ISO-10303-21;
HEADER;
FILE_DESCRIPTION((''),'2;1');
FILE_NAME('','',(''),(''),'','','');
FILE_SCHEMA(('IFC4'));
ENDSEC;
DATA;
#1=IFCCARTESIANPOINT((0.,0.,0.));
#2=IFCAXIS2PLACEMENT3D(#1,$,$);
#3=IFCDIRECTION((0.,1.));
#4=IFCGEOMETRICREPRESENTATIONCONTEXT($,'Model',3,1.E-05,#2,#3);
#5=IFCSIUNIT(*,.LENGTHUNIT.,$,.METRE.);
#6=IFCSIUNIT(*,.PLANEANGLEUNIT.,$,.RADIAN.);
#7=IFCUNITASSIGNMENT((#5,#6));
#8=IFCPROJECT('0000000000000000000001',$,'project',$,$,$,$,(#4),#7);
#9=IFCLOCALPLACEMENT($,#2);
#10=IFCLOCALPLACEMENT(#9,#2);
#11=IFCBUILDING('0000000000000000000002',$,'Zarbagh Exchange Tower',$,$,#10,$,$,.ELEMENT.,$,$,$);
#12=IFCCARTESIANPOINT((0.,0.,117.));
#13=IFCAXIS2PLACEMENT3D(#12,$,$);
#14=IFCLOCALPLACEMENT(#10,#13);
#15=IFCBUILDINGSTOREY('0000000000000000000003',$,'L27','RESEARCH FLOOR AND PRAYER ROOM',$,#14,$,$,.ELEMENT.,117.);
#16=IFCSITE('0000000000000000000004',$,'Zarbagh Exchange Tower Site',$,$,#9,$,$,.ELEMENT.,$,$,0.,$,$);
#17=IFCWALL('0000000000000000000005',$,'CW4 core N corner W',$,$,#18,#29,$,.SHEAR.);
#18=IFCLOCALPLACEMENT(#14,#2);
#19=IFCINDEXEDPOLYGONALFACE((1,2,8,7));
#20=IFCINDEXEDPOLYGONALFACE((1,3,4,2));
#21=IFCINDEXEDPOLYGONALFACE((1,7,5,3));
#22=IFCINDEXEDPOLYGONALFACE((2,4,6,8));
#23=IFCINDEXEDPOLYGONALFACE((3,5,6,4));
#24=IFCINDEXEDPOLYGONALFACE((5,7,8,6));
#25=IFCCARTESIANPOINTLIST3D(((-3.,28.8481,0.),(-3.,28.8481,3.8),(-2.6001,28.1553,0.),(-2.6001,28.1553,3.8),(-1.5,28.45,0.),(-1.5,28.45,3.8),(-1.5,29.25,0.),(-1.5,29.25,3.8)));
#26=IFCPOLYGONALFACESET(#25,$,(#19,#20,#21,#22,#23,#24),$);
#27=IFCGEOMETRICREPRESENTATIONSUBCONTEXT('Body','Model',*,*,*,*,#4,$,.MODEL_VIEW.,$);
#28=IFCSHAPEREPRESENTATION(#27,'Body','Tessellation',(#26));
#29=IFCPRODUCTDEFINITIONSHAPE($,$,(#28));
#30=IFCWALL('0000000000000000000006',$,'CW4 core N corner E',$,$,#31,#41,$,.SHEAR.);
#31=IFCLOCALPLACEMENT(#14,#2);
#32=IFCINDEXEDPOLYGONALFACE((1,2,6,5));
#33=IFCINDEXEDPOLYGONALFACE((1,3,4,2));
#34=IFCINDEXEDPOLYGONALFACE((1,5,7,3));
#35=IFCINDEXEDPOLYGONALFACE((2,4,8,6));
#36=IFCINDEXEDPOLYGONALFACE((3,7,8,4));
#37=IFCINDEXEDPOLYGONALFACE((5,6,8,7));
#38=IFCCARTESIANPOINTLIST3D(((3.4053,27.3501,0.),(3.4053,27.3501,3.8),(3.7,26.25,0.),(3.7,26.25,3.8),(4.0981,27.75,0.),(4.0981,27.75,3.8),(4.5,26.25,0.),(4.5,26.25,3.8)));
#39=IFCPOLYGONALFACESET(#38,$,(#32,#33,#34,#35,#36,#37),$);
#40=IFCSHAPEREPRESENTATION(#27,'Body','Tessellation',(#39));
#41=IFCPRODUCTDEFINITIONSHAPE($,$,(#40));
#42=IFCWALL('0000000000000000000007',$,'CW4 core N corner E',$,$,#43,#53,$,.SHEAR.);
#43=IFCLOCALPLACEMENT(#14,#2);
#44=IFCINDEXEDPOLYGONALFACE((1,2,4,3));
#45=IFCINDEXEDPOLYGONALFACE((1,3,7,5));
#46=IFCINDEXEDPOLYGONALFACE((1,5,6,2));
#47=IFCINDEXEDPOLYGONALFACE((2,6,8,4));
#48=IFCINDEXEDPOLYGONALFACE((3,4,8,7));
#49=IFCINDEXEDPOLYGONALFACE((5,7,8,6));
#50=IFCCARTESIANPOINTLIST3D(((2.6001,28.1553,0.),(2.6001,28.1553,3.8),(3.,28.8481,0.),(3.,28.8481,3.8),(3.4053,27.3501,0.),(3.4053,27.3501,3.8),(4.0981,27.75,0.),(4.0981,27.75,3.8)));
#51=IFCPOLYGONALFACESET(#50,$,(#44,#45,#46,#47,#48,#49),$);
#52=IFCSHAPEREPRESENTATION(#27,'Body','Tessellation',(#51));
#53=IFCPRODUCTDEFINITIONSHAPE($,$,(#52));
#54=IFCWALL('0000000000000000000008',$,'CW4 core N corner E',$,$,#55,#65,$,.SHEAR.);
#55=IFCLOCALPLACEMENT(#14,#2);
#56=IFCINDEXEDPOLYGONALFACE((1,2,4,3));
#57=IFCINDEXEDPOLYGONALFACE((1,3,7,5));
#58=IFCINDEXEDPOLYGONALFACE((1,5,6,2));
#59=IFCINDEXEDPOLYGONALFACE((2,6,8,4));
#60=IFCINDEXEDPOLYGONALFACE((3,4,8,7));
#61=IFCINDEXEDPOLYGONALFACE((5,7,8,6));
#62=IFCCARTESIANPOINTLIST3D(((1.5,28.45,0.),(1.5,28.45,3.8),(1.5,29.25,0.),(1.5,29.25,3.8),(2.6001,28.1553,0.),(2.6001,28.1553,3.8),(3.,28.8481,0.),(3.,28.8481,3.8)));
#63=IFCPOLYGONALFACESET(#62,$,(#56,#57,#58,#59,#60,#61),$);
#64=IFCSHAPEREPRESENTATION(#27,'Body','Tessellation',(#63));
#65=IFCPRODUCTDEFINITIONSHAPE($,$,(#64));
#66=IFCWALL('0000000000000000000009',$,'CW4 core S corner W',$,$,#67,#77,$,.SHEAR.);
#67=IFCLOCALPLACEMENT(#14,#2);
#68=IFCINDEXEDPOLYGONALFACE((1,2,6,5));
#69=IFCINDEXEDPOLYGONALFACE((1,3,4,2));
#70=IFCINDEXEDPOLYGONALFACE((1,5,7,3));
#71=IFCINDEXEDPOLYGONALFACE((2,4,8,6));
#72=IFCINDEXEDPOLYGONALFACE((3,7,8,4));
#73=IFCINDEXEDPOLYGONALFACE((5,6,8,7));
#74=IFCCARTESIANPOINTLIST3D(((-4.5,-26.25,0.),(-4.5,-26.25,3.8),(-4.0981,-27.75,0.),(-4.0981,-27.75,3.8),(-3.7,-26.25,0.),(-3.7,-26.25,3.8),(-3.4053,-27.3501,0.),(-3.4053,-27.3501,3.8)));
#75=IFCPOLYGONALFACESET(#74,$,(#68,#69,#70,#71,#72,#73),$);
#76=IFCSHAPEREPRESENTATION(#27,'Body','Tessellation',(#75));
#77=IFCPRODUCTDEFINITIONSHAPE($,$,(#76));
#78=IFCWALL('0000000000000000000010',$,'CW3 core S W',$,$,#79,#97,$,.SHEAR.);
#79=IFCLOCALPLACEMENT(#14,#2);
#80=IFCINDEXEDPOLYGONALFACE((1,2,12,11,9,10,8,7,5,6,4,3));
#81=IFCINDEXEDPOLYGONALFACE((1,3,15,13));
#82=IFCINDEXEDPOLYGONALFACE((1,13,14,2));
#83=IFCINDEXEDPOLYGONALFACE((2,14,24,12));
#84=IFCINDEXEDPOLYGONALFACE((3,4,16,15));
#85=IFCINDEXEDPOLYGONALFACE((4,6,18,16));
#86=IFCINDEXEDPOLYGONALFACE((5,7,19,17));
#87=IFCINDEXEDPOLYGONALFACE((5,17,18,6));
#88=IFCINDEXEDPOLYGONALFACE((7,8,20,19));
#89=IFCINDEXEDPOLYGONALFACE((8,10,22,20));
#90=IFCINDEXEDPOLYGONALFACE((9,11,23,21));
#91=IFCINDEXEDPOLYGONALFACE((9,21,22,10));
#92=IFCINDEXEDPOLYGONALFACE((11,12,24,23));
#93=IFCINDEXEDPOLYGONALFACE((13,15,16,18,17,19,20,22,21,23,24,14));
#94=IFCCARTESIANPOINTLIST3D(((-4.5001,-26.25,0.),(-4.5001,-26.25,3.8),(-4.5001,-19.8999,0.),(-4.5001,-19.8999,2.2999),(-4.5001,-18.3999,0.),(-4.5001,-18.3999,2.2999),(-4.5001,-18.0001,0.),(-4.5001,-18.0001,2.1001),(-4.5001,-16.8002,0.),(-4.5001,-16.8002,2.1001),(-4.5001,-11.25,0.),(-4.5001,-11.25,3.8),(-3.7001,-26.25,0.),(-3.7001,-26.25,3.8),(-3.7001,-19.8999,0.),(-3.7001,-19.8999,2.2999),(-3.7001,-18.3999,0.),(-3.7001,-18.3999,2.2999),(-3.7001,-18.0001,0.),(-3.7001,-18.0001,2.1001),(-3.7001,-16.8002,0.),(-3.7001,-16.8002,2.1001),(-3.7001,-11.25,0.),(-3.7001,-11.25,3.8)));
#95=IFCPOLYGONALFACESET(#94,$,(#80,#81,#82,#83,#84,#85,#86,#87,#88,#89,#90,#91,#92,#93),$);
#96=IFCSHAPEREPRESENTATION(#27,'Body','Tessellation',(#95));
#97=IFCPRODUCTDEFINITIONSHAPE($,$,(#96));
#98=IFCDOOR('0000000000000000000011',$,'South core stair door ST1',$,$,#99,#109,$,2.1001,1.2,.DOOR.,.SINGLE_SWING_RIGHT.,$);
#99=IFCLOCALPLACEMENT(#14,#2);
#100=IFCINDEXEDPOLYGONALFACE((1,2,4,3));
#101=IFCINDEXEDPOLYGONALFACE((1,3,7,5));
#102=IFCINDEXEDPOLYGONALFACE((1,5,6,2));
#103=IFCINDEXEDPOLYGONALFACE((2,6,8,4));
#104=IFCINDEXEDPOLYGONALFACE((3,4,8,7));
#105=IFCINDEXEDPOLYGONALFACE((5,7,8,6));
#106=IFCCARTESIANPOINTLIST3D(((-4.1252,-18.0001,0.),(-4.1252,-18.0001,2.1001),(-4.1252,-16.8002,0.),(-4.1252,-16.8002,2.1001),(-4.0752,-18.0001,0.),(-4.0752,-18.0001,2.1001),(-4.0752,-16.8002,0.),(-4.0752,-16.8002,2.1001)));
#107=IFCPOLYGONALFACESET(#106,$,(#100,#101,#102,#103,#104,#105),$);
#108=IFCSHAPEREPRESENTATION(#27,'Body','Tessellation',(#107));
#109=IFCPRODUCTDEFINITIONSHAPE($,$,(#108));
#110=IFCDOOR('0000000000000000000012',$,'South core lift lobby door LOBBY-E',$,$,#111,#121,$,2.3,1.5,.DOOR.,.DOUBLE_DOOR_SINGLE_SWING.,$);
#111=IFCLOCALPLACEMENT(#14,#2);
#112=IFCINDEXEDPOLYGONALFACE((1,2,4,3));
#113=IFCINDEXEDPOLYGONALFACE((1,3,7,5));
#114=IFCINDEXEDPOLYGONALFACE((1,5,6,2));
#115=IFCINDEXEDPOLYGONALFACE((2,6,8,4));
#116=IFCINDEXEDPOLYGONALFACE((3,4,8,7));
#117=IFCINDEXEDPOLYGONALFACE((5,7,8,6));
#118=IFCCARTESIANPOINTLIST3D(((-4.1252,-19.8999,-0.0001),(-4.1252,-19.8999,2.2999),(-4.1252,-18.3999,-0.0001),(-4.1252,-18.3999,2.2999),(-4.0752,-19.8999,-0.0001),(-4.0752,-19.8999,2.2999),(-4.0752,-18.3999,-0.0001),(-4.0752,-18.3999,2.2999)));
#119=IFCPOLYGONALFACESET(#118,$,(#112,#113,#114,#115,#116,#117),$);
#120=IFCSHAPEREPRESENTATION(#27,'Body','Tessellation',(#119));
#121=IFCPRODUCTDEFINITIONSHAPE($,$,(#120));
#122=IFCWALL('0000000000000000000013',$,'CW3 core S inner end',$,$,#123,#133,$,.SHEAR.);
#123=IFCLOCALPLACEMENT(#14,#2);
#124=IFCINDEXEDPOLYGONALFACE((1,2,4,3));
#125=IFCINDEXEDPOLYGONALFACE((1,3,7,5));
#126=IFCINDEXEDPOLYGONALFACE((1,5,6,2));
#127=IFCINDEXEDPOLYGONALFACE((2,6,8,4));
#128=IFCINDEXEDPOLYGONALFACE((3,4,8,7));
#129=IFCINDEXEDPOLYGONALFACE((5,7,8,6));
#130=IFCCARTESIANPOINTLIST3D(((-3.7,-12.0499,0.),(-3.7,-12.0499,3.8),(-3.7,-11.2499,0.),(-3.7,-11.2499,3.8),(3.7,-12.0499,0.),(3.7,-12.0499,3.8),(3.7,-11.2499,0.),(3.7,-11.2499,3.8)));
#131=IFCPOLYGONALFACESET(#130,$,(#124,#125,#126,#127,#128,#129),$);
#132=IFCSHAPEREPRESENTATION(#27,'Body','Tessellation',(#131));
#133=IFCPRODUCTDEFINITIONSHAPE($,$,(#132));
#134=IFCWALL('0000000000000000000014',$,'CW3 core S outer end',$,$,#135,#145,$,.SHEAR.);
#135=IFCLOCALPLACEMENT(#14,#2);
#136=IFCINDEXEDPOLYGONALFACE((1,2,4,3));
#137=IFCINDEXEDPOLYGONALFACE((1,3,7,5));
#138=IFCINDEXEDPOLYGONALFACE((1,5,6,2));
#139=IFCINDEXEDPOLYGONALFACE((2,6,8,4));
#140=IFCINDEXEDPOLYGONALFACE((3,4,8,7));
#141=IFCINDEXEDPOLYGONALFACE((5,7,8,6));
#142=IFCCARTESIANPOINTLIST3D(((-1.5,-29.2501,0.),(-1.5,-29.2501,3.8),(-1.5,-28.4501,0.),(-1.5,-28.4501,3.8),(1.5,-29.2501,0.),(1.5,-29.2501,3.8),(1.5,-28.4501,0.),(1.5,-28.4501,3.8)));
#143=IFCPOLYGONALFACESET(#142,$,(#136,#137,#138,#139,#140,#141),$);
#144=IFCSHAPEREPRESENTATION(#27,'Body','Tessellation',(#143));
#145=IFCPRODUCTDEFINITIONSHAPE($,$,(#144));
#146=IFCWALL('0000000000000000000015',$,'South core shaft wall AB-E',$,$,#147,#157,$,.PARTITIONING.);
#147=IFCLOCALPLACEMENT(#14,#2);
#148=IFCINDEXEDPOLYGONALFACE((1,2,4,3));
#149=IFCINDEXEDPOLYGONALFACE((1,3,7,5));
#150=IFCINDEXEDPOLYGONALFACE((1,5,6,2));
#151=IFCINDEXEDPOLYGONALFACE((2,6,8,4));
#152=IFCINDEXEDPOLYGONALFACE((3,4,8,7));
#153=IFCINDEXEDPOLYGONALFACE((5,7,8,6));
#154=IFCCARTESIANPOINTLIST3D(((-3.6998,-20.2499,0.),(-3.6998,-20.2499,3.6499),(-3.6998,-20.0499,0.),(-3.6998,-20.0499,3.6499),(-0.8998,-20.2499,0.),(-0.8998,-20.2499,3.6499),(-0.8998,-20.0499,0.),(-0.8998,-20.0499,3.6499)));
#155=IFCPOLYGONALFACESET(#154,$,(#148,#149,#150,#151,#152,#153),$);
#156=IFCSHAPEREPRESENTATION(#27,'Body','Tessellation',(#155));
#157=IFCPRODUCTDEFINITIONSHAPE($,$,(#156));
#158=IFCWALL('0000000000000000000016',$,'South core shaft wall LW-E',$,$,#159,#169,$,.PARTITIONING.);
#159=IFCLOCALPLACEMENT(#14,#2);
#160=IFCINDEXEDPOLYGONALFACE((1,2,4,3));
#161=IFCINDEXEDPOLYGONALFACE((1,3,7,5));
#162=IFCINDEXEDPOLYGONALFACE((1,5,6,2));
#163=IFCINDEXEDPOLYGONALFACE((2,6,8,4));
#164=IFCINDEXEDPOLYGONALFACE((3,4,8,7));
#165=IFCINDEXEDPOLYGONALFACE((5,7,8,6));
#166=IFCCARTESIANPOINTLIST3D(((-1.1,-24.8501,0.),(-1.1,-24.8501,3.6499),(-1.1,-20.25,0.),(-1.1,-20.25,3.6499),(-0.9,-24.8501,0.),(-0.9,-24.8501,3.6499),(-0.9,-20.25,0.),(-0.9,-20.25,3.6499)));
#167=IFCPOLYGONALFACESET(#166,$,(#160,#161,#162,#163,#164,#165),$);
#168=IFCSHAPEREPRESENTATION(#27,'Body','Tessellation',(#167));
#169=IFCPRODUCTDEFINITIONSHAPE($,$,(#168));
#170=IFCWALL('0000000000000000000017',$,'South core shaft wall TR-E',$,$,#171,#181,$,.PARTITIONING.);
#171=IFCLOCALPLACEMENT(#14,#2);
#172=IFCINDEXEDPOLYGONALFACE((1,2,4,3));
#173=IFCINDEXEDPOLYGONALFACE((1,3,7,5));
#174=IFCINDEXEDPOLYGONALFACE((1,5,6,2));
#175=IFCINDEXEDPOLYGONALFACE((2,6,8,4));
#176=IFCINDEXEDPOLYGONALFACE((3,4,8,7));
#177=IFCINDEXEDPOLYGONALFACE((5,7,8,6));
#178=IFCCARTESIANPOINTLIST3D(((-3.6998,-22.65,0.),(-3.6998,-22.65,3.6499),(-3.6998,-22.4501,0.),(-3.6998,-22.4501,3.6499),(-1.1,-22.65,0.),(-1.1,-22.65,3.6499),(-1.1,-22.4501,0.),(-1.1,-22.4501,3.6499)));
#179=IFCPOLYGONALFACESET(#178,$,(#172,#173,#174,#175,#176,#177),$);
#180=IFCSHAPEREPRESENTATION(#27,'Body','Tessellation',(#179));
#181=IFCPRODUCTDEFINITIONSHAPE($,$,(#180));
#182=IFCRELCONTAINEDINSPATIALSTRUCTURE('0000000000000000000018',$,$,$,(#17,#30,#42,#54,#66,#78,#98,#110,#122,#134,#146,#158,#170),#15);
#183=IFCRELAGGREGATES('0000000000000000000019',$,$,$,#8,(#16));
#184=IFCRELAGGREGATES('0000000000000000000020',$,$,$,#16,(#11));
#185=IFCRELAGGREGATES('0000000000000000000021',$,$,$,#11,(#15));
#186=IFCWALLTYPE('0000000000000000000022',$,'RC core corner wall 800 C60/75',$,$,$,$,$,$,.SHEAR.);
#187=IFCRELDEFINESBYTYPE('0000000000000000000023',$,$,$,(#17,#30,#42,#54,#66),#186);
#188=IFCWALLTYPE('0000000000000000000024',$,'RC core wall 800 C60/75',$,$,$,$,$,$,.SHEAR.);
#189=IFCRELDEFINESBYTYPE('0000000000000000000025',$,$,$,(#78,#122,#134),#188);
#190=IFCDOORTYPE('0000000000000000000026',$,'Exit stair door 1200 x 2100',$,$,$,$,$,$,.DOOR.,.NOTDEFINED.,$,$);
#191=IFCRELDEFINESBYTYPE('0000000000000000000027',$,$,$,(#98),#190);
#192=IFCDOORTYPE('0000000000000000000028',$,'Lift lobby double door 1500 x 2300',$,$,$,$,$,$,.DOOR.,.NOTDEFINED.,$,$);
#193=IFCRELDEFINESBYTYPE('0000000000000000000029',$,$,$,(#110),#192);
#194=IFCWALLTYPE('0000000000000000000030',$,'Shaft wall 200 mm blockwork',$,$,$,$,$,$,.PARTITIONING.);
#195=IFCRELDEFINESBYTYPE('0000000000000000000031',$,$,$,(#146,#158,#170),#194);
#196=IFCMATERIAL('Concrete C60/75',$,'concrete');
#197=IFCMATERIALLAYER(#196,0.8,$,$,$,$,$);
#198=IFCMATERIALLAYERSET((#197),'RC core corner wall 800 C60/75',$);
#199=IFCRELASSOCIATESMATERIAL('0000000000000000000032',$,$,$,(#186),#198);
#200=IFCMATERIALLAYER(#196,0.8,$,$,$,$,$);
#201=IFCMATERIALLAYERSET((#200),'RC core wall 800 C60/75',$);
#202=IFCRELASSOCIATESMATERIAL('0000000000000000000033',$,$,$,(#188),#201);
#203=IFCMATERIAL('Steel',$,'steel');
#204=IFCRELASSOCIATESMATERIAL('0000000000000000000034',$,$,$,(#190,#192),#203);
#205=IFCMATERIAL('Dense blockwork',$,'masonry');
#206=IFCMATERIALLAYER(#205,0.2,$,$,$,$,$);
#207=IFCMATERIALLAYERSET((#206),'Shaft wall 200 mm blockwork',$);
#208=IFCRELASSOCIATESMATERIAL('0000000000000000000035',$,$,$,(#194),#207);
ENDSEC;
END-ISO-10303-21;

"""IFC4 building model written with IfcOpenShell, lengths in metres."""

from ifc_helpers import new_model, si_unit, direction, frame, frame_2d, origin, place, context, subcontext, project, spatial, polyline, rectangle, outline, extrude, material, layer, layer_set, type_object, element, fill, save


model = new_model("IFC4")

# Units and contexts
model_context = context("Model", 3, precision=1e-05, world=origin(), true_north=direction((0.0, 1.0)))
body_context = subcontext(model_context, "Body", "Model", "MODEL_VIEW")
ifc_project = project(units=[si_unit("LENGTHUNIT", "METRE"), si_unit("PLANEANGLEUNIT", "RADIAN")], contexts=[model_context])

# Site, building, storey
site_placement = place(None, origin())
site = spatial("IfcSite", under=ifc_project, at=site_placement, Name="Zarbagh Exchange Tower Site", CompositionType="ELEMENT", RefElevation=0.0)
building_placement = place(site_placement, origin())
building = spatial("IfcBuilding", under=site, at=building_placement, Name="Zarbagh Exchange Tower", CompositionType="ELEMENT")
storey_placement = place(building_placement, frame((0.0, 0.0, 117.0)))
storey = spatial("IfcBuildingStorey", under=building, at=storey_placement, Name="L27", Description="RESEARCH FLOOR AND PRAYER ROOM", CompositionType="ELEMENT", Elevation=117.0)

# Shared definitions
ifc_material_1 = material(Name="Concrete C60/75", Category="concrete")

# Walls
ifc_layer_1 = layer(ifc_material_1, 0.8)
ifc_layer_set_1 = layer_set([ifc_layer_1], Name="RC core corner wall 800 C60/75")
wall_type_1 = type_object("IfcWallType", Name="RC core corner wall 800 C60/75", PredefinedType="SHEAR", material=ifc_layer_set_1)
wall_1_placement = place(storey_placement, origin())
element("IfcWall", 1, at=wall_1_placement, inside=storey, type_object=wall_type_1, Name="CW4 core N corner W", PredefinedType="SHEAR", context=body_context, shape_type="SweptSolid", body=[
    extrude(outline(polyline([(-3.0, 28.8481), (-1.5, 29.25), (-1.5, 28.45), (-2.6001, 28.1553), (-3.0, 28.8481)])), origin(), (0.0, 0.0, 1.0), 3.8),
])
wall_2_placement = place(storey_placement, origin())
element("IfcWall", 2, at=wall_2_placement, inside=storey, type_object=wall_type_1, Name="CW4 core N corner E", PredefinedType="SHEAR", context=body_context, shape_type="SweptSolid", body=[
    extrude(outline(polyline([(4.5, 26.25), (4.0981, 27.75), (3.4053, 27.3501), (3.7, 26.25), (4.5, 26.25)])), origin(), (0.0, 0.0, 1.0), 3.8),
])
wall_3_placement = place(storey_placement, origin())
element("IfcWall", 3, at=wall_3_placement, inside=storey, type_object=wall_type_1, Name="CW4 core N corner E", PredefinedType="SHEAR", context=body_context, shape_type="SweptSolid", body=[
    extrude(outline(polyline([(4.0981, 27.75), (3.0, 28.8481), (2.6001, 28.1553), (3.4053, 27.3501), (4.0981, 27.75)])), origin(), (0.0, 0.0, 1.0), 3.8),
])
wall_4_placement = place(storey_placement, origin())
element("IfcWall", 4, at=wall_4_placement, inside=storey, type_object=wall_type_1, Name="CW4 core N corner E", PredefinedType="SHEAR", context=body_context, shape_type="SweptSolid", body=[
    extrude(outline(polyline([(3.0, 28.8481), (1.5, 29.25), (1.5, 28.45), (2.6001, 28.1553), (3.0, 28.8481)])), origin(), (0.0, 0.0, 1.0), 3.8),
])
wall_5_placement = place(storey_placement, origin())
element("IfcWall", 5, at=wall_5_placement, inside=storey, type_object=wall_type_1, Name="CW4 core S corner W", PredefinedType="SHEAR", context=body_context, shape_type="SweptSolid", body=[
    extrude(outline(polyline([(-4.5, -26.25), (-4.0981, -27.75), (-3.4053, -27.3501), (-3.7, -26.25), (-4.5, -26.25)])), origin(), (0.0, 0.0, 1.0), 3.8),
])

# Wall, openings, doors
ifc_layer_2 = layer(ifc_material_1, 0.8)
ifc_layer_set_2 = layer_set([ifc_layer_2], Name="RC core wall 800 C60/75")
wall_type_2 = type_object("IfcWallType", Name="RC core wall 800 C60/75", PredefinedType="SHEAR", material=ifc_layer_set_2)
wall_6_placement = place(storey_placement, frame((-4.1001, -11.25, 0.0), z_axis=(0.0, 0.0, 1.0), x_axis=(0.0, -1.0, 0.0)))
wall_6 = element("IfcWall", 6, at=wall_6_placement, inside=storey, type_object=wall_type_2, Name="CW3 core S W", PredefinedType="SHEAR", context=body_context, shape_type="SweptSolid", body=[
    extrude(rectangle(XDim=15.0, YDim=0.8, at=frame_2d((7.5, 0.0))), origin(), (0.0, 0.0, 1.0), 3.8),
])
opening_1_placement = place(wall_6_placement, frame((7.1499, 0.0, 0.0)))
opening_1 = element("IfcOpeningElement", 7, at=opening_1_placement, cuts=wall_6, PredefinedType="OPENING", context=body_context, shape_type="SweptSolid", body=[
    extrude(rectangle(XDim=1.5, YDim=2.3, at=frame_2d((0.75, 1.1499))), frame((0.0, 0.4099, 0.0), z_axis=(0.0, -1.0, 0.0), x_axis=(1.0, 0.0, 0.0)), (0.0, 0.0, 1.0), 0.8201),
])
opening_2_placement = place(wall_6_placement, frame((5.55, 0.0, 0.0)))
opening_2 = element("IfcOpeningElement", 8, at=opening_2_placement, cuts=wall_6, PredefinedType="OPENING", context=body_context, shape_type="SweptSolid", body=[
    extrude(rectangle(XDim=1.2, YDim=2.1001, at=frame_2d((0.6001, 1.05))), frame((0.0, 0.4099, 0.0), z_axis=(0.0, -1.0, 0.0), x_axis=(1.0, 0.0, 0.0)), (0.0, 0.0, 1.0), 0.8201),
])
ifc_material_2 = material(Name="Steel", Category="steel")
door_type_1 = type_object("IfcDoorType", Name="Exit stair door 1200 x 2100", OperationType="NOTDEFINED", PredefinedType="DOOR", material=ifc_material_2)
door_1_placement = place(opening_2_placement, origin())
door_1 = element("IfcDoor", 9, at=door_1_placement, inside=storey, type_object=door_type_1, Name="South core stair door ST1", OperationType="SINGLE_SWING_RIGHT", OverallHeight=2.1001, OverallWidth=1.2, PredefinedType="DOOR", context=body_context, shape_type="SweptSolid", body=[
    extrude(rectangle(XDim=1.2, YDim=2.1001, at=frame_2d((0.6001, 1.05))), frame((0.0, 0.0249, 0.0), z_axis=(0.0, -1.0, 0.0), x_axis=(1.0, 0.0, 0.0)), (0.0, 0.0, 1.0), 0.05),
])
fill(opening_2, door_1)
door_type_2 = type_object("IfcDoorType", Name="Lift lobby double door 1500 x 2300", OperationType="NOTDEFINED", PredefinedType="DOOR", material=ifc_material_2)
door_2_placement = place(opening_1_placement, origin())
door_2 = element("IfcDoor", 10, at=door_2_placement, inside=storey, type_object=door_type_2, Name="South core lift lobby door LOBBY-E", OperationType="DOUBLE_DOOR_SINGLE_SWING", OverallHeight=2.3, OverallWidth=1.5, PredefinedType="DOOR", context=body_context, shape_type="SweptSolid", body=[
    extrude(rectangle(XDim=1.5, YDim=2.3, at=frame_2d((0.75, 1.1499))), frame((0.0, 0.0249, 0.0), z_axis=(0.0, -1.0, 0.0), x_axis=(1.0, 0.0, 0.0)), (0.0, 0.0, 1.0), 0.05),
])
fill(opening_1, door_2)

# Walls
wall_7_placement = place(storey_placement, frame((-3.7, -11.6499, 0.0), z_axis=(0.0, 0.0, 1.0), x_axis=(1.0, 0.0, 0.0)))
element("IfcWall", 11, at=wall_7_placement, inside=storey, type_object=wall_type_2, Name="CW3 core S inner end", PredefinedType="SHEAR", context=body_context, shape_type="SweptSolid", body=[
    extrude(rectangle(XDim=7.3999, YDim=0.8, at=frame_2d((3.7, 0.0))), origin(), (0.0, 0.0, 1.0), 3.8),
])
wall_8_placement = place(storey_placement, frame((-1.5, -28.8501, 0.0), z_axis=(0.0, 0.0, 1.0), x_axis=(1.0, 0.0, 0.0)))
element("IfcWall", 12, at=wall_8_placement, inside=storey, type_object=wall_type_2, Name="CW3 core S outer end", PredefinedType="SHEAR", context=body_context, shape_type="SweptSolid", body=[
    extrude(rectangle(XDim=3.0, YDim=0.8, at=frame_2d((1.5, 0.0))), origin(), (0.0, 0.0, 1.0), 3.8),
])
ifc_material_3 = material(Name="Dense blockwork", Category="masonry")
ifc_layer_3 = layer(ifc_material_3, 0.2)
ifc_layer_set_3 = layer_set([ifc_layer_3], Name="Shaft wall 200 mm blockwork")
wall_type_3 = type_object("IfcWallType", Name="Shaft wall 200 mm blockwork", PredefinedType="PARTITIONING", material=ifc_layer_set_3)
wall_9_placement = place(storey_placement, frame((-0.8999, -20.1499, 0.0), z_axis=(0.0, 0.0, 1.0), x_axis=(-1.0, 0.0, 0.0)))
element("IfcWall", 13, at=wall_9_placement, inside=storey, type_object=wall_type_3, Name="South core shaft wall AB-E", PredefinedType="PARTITIONING", context=body_context, shape_type="SweptSolid", body=[
    extrude(rectangle(XDim=2.8, YDim=0.2, at=frame_2d((1.3999, 0.0))), origin(), (0.0, 0.0, 1.0), 3.6499),
])
wall_10_placement = place(storey_placement, frame((-1.0, -24.8501, 0.0), z_axis=(0.0, 0.0, 1.0), x_axis=(0.0, 1.0, 0.0)))
element("IfcWall", 14, at=wall_10_placement, inside=storey, type_object=wall_type_3, Name="South core shaft wall LW-E", PredefinedType="PARTITIONING", context=body_context, shape_type="SweptSolid", body=[
    extrude(rectangle(XDim=4.6001, YDim=0.2, at=frame_2d((2.3, 0.0))), origin(), (0.0, 0.0, 1.0), 3.6499),
])
wall_11_placement = place(storey_placement, frame((-1.1001, -22.55, 0.0), z_axis=(0.0, 0.0, 1.0), x_axis=(-1.0, 0.0, 0.0)))
element("IfcWall", 15, at=wall_11_placement, inside=storey, type_object=wall_type_3, Name="South core shaft wall TR-E", PredefinedType="PARTITIONING", context=body_context, shape_type="SweptSolid", body=[
    extrude(rectangle(XDim=2.5999, YDim=0.2, at=frame_2d((1.2998, 0.0))), origin(), (0.0, 0.0, 1.0), 3.6499),
])

save(model, "model.ifc")
